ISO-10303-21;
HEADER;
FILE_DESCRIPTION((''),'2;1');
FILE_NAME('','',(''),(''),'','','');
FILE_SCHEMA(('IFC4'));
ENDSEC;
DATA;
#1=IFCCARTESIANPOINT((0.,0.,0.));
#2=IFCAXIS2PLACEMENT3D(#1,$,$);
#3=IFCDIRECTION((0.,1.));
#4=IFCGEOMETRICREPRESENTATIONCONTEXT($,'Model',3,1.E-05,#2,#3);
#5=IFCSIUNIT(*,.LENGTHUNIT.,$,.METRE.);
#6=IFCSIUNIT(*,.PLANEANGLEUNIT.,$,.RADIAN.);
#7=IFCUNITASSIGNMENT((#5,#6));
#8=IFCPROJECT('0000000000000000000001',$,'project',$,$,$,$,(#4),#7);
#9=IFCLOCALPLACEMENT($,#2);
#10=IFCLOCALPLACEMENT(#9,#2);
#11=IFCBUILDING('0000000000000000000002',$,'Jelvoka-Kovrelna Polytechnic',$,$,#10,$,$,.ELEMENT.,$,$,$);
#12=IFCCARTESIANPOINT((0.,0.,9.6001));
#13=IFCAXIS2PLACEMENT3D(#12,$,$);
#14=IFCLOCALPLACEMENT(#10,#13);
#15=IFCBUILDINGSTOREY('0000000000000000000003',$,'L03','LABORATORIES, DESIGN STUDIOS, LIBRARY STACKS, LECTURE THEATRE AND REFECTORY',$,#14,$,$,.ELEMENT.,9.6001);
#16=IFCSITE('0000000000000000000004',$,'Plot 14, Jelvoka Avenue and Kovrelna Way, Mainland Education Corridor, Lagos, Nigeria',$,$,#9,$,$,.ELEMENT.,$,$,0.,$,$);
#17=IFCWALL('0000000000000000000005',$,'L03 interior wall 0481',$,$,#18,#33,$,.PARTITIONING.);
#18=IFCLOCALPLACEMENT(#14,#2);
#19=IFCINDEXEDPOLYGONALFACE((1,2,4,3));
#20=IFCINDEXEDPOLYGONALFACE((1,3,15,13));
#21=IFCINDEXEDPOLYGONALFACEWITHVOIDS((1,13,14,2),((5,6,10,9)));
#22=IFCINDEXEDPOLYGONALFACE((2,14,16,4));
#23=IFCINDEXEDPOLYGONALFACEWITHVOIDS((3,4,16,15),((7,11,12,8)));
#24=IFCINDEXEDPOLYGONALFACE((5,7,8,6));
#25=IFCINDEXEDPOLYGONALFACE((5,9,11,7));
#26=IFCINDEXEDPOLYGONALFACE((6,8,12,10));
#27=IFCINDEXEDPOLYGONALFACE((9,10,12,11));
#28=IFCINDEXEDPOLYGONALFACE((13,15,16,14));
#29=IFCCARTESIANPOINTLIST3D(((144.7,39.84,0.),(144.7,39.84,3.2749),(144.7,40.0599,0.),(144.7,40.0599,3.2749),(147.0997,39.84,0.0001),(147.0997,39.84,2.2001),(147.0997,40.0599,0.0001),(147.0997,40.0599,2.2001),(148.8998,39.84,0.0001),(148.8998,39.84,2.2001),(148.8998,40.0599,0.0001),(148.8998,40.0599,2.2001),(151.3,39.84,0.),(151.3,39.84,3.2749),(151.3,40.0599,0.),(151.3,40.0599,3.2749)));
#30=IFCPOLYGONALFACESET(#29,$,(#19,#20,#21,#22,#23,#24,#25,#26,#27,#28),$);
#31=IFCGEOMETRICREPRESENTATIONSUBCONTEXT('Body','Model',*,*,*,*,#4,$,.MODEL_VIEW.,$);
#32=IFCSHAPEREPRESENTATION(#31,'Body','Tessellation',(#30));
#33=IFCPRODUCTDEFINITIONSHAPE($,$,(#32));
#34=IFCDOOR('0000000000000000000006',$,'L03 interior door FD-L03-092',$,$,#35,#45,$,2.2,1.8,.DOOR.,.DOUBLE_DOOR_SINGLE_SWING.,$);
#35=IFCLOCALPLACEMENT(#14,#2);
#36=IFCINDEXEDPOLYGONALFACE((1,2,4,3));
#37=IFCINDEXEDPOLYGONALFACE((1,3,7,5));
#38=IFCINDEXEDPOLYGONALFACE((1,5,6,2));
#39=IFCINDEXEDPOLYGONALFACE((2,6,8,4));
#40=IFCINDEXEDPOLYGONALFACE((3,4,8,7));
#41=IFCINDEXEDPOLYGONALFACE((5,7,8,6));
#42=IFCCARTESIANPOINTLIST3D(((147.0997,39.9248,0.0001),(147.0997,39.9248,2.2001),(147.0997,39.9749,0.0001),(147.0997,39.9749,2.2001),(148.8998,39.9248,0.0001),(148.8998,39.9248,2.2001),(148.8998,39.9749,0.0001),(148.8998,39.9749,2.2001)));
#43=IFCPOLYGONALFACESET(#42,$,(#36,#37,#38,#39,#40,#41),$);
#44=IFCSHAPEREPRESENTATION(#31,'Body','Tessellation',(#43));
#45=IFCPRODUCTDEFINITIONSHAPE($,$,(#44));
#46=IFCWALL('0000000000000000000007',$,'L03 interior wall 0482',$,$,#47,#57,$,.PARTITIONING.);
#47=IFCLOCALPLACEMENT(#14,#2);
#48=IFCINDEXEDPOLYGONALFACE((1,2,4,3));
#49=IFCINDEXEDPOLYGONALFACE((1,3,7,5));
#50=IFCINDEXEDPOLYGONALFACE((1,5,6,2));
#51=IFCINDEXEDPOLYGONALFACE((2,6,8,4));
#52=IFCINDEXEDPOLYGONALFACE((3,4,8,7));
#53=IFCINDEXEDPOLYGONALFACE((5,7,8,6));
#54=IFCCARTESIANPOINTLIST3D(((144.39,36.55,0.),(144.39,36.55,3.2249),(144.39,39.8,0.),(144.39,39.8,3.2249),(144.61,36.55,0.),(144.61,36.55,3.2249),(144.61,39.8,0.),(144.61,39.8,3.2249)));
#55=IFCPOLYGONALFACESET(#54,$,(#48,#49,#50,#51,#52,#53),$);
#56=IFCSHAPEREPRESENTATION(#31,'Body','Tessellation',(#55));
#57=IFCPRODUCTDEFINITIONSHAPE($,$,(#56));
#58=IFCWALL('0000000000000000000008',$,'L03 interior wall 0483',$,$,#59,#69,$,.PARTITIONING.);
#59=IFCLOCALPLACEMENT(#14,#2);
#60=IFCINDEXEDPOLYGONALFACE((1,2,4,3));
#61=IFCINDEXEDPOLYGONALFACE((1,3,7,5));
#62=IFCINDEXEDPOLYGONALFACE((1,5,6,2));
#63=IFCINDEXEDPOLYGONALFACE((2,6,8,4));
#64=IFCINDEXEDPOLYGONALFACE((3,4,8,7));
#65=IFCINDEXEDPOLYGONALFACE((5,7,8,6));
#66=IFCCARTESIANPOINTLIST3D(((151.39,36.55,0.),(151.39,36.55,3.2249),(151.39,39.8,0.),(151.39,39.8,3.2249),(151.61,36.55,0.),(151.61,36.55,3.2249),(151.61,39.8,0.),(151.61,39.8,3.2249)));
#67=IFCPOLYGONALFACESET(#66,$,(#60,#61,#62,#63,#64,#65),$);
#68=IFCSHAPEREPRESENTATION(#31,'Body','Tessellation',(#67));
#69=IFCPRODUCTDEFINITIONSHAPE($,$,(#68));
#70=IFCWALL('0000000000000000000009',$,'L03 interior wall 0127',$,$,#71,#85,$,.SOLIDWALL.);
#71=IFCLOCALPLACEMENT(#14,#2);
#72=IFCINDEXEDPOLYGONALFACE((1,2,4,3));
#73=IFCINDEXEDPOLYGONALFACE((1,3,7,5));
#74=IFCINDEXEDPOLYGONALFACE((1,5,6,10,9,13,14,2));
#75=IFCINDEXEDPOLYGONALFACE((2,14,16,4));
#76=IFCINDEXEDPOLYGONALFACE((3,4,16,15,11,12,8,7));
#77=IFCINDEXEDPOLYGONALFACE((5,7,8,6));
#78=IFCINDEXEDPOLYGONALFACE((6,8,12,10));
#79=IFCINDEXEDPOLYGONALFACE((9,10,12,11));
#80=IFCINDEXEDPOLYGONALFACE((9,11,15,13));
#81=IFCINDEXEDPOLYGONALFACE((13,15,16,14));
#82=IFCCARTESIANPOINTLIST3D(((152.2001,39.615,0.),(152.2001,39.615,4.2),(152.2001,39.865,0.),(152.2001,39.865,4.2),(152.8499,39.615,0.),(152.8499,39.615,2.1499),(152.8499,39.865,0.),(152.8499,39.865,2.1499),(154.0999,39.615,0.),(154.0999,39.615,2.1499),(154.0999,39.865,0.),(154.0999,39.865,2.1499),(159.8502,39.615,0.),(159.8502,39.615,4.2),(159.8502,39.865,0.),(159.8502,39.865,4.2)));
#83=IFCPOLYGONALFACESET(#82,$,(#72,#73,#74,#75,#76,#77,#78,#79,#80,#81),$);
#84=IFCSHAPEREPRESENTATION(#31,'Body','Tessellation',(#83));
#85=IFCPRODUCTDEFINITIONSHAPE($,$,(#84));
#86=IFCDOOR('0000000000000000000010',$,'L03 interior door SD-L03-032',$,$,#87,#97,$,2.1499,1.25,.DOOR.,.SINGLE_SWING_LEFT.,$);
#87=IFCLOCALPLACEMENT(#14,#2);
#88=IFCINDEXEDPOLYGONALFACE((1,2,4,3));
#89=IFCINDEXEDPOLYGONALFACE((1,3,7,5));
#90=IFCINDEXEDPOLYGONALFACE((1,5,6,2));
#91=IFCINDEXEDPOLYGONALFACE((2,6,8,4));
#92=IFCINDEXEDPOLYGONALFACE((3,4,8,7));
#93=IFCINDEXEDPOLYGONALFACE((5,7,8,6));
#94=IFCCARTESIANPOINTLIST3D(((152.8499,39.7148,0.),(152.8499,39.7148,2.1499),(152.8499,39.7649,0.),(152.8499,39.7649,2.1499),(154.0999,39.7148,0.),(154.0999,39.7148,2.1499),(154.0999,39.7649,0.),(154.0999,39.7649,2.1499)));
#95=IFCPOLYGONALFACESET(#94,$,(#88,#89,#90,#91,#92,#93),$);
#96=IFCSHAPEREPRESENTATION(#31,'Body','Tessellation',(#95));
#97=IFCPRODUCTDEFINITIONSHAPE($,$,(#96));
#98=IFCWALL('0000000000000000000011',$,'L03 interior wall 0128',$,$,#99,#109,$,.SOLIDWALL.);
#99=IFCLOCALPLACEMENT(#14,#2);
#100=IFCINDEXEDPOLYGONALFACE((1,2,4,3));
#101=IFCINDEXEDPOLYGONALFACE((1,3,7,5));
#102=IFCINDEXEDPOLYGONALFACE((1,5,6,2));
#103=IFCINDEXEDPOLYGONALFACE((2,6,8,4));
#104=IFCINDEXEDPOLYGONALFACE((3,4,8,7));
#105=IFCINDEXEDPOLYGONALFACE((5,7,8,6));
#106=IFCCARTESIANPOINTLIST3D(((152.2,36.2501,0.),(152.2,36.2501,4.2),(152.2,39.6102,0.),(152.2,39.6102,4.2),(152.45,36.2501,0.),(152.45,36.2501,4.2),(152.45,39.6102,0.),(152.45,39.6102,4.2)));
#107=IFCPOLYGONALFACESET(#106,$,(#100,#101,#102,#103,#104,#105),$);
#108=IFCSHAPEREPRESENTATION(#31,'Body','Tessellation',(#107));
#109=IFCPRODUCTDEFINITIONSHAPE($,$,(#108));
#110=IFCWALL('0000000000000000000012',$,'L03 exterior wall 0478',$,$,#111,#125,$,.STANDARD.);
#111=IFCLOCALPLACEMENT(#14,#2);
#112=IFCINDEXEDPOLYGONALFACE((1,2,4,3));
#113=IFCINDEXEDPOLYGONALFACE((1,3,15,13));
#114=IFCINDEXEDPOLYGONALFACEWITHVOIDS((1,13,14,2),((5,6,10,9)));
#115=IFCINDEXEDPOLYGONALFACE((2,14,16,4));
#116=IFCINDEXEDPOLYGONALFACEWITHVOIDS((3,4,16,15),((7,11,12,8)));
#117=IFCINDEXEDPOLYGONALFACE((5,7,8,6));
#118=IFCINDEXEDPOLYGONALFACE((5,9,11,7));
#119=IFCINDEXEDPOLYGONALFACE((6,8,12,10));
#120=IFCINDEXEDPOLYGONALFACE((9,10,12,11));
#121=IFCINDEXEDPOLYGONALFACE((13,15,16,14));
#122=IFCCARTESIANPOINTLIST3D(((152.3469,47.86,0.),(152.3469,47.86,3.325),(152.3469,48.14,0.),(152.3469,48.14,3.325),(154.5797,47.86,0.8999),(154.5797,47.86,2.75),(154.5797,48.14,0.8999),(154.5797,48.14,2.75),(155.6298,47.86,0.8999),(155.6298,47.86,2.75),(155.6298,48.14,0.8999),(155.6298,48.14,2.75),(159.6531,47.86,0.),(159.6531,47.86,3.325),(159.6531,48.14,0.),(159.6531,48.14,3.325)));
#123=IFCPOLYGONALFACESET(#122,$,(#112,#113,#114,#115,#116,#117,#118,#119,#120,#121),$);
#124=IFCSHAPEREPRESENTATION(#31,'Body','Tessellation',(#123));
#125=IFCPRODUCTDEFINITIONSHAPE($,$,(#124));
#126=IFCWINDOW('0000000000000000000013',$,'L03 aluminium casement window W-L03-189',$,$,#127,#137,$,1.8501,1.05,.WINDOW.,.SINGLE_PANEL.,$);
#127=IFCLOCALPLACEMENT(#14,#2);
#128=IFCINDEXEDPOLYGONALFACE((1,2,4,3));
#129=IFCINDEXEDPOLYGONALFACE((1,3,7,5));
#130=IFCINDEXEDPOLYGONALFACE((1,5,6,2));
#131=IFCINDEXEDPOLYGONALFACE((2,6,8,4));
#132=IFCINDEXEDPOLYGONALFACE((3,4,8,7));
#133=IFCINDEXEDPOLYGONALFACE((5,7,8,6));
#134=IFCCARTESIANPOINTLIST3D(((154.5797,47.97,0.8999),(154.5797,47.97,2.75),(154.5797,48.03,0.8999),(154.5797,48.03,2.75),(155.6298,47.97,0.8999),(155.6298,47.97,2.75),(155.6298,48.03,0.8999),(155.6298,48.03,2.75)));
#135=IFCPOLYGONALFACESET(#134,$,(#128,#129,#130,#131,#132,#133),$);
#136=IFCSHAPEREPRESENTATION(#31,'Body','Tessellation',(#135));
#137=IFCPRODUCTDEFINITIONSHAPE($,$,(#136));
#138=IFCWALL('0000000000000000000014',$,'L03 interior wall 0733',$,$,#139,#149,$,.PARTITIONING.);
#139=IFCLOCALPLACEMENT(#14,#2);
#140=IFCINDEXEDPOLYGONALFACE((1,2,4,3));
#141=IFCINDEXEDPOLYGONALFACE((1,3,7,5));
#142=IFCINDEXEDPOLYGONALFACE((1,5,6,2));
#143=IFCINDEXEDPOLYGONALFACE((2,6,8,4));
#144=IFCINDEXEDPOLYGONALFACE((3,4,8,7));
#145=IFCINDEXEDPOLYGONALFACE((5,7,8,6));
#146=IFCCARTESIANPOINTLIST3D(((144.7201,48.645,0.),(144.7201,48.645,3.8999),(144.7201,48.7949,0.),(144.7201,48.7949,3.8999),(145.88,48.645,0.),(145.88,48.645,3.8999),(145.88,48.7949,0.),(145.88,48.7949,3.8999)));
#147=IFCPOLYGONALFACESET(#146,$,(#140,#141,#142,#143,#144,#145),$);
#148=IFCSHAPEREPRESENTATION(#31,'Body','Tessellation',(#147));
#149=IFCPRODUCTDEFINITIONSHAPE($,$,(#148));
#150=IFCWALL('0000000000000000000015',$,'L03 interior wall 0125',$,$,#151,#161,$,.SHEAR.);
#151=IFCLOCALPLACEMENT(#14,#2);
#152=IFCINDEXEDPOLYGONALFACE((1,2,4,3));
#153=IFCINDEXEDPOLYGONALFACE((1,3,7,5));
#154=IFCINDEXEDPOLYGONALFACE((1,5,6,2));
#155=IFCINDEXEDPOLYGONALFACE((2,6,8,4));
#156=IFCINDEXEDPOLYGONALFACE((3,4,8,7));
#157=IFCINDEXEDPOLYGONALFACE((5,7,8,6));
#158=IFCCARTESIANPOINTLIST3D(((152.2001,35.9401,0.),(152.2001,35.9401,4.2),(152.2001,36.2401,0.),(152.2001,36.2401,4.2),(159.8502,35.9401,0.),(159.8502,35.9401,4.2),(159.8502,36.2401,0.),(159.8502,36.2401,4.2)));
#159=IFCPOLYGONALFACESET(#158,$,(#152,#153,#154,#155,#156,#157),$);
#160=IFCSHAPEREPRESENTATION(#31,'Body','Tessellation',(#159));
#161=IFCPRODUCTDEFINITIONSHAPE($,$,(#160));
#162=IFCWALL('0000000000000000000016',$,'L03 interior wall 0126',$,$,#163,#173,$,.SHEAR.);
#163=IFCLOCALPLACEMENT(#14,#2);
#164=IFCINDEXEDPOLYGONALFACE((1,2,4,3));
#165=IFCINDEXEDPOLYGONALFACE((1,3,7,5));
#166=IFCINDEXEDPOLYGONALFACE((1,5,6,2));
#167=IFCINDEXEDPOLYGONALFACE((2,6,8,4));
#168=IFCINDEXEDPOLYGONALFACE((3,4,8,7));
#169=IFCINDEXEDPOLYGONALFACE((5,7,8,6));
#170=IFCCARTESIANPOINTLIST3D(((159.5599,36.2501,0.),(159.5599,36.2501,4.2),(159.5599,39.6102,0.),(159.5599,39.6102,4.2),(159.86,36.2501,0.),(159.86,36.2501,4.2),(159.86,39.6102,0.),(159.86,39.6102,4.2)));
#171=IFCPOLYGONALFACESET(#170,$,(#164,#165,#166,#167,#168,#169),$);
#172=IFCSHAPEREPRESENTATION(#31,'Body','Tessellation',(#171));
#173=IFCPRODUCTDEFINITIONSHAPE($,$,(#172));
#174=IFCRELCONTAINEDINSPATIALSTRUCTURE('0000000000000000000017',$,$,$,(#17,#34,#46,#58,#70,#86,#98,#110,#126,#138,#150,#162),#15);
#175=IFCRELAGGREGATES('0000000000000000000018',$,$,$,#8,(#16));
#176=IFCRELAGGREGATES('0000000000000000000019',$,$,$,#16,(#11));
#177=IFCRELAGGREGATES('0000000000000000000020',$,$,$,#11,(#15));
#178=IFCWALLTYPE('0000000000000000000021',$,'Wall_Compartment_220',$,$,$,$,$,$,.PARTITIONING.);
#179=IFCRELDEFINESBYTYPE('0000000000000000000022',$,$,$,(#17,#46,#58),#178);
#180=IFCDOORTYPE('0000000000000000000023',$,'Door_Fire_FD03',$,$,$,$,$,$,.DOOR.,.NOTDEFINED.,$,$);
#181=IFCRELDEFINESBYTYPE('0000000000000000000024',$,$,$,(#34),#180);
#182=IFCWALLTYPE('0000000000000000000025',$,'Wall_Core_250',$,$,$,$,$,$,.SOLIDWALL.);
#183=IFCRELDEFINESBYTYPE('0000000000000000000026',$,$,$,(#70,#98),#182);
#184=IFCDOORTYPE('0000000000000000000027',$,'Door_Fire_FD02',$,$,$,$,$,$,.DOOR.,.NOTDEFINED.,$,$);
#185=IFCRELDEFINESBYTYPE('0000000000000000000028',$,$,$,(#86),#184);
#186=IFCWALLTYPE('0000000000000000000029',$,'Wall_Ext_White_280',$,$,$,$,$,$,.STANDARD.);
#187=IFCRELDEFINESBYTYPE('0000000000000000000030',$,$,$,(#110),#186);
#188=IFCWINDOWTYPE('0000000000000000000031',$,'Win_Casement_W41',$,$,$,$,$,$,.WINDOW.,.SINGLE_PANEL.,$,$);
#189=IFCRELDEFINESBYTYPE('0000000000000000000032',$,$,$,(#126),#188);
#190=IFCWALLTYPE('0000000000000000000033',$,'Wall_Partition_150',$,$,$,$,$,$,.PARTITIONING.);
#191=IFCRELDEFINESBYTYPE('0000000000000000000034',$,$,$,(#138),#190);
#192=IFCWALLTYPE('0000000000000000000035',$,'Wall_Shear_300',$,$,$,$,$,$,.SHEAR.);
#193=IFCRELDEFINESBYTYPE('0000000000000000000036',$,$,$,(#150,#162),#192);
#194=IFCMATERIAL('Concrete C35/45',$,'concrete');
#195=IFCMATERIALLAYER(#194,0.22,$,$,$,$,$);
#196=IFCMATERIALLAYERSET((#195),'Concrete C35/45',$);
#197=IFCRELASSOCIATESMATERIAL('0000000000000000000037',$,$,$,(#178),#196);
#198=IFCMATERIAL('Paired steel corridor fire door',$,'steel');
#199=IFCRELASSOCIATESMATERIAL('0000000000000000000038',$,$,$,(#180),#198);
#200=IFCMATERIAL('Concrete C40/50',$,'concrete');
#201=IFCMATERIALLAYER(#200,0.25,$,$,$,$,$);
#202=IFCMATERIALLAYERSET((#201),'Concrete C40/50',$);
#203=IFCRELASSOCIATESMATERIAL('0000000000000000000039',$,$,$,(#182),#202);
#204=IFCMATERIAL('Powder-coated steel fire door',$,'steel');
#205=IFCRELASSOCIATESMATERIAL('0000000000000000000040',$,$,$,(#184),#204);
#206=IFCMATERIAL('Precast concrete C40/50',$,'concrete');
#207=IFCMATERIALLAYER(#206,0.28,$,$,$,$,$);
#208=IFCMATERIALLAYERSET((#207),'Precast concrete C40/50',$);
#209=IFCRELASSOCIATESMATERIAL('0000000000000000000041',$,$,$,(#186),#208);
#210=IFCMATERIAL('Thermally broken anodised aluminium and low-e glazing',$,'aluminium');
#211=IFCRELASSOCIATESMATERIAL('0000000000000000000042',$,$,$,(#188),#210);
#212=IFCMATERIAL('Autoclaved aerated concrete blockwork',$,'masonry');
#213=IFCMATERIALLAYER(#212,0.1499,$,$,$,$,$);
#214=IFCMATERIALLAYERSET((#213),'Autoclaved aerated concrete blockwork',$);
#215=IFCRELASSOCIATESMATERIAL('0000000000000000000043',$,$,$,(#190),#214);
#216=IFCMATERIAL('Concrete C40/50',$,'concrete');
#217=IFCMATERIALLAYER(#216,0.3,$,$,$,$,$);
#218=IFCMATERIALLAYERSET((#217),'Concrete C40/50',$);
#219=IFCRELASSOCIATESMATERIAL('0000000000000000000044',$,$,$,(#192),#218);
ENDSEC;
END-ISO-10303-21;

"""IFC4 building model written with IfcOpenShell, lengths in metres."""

from ifc_helpers import new_model, si_unit, direction, frame, frame_2d, origin, place, context, subcontext, project, spatial, rectangle, extrude, material, layer, layer_set, type_object, element, fill, save


model = new_model("IFC4")

# Units and contexts
model_context = context("Model", 3, precision=1e-05, world=origin(), true_north=direction((0.0, 1.0)))
body_context = subcontext(model_context, "Body", "Model", "MODEL_VIEW")
ifc_project = project(units=[si_unit("LENGTHUNIT", "METRE"), si_unit("PLANEANGLEUNIT", "RADIAN")], contexts=[model_context])

# Site, building, storey
site_placement = place(None, origin())
site = spatial("IfcSite", under=ifc_project, at=site_placement, Name="Plot 14, Jelvoka Avenue and Kovrelna Way, Mainland Education Corridor, Lagos, Nigeria", CompositionType="ELEMENT", RefElevation=0.0)
building_placement = place(site_placement, origin())
building = spatial("IfcBuilding", under=site, at=building_placement, Name="Jelvoka-Kovrelna Polytechnic", CompositionType="ELEMENT")
storey_placement = place(building_placement, frame((0.0, 0.0, 9.6001)))
storey = spatial("IfcBuildingStorey", under=building, at=storey_placement, Name="L03", Description="LABORATORIES, DESIGN STUDIOS, LIBRARY STACKS, LECTURE THEATRE AND REFECTORY", CompositionType="ELEMENT", Elevation=9.6001)

# Wall, opening, door
ifc_material_1 = material(Name="Concrete C35/45", Category="concrete")
ifc_layer_1 = layer(ifc_material_1, 0.22)
ifc_layer_set_1 = layer_set([ifc_layer_1], Name="Concrete C35/45")
wall_type_1 = type_object("IfcWallType", Name="Wall_Compartment_220", PredefinedType="PARTITIONING", material=ifc_layer_set_1)
wall_1_placement = place(storey_placement, frame((144.7, 39.95, 0.0), z_axis=(0.0, 0.0, 1.0), x_axis=(1.0, 0.0, 0.0)))
wall_1 = element("IfcWall", 1, at=wall_1_placement, inside=storey, type_object=wall_type_1, Name="L03 interior wall 0481", PredefinedType="PARTITIONING", context=body_context, shape_type="SweptSolid", body=[
    extrude(rectangle(XDim=6.6001, YDim=0.22, at=frame_2d((3.3, 0.0))), origin(), (0.0, 0.0, 1.0), 3.2749),
])
opening_1_placement = place(wall_1_placement, frame((2.3999, 0.0, 0.0)))
opening_1 = element("IfcOpeningElement", 2, at=opening_1_placement, cuts=wall_1, PredefinedType="OPENING", context=body_context, shape_type="SweptSolid", body=[
    extrude(rectangle(XDim=1.8, YDim=2.2, at=frame_2d((0.8999, 1.1001))), frame((0.0, 0.1199, 0.0), z_axis=(0.0, -1.0, 0.0), x_axis=(1.0, 0.0, 0.0)), (0.0, 0.0, 1.0), 0.24),
])
ifc_material_2 = material(Name="Paired steel corridor fire door", Category="steel")
door_type_1 = type_object("IfcDoorType", Name="Door_Fire_FD03", OperationType="NOTDEFINED", PredefinedType="DOOR", material=ifc_material_2)
door_1_placement = place(opening_1_placement, origin())
door_1 = element("IfcDoor", 3, at=door_1_placement, inside=storey, type_object=door_type_1, Name="L03 interior door FD-L03-092", OperationType="DOUBLE_DOOR_SINGLE_SWING", OverallHeight=2.2, OverallWidth=1.8, PredefinedType="DOOR", context=body_context, shape_type="SweptSolid", body=[
    extrude(rectangle(XDim=1.8, YDim=2.2, at=frame_2d((0.8999, 1.1001))), frame((0.0, 0.0249, 0.0), z_axis=(0.0, -1.0, 0.0), x_axis=(1.0, 0.0, 0.0)), (0.0, 0.0, 1.0), 0.05),
])
fill(opening_1, door_1)

# Walls
for number, where, z_axis, x_axis, name in (
    (4, (144.5, 36.55, 0.0), (0.0, 0.0, 1.0), (0.0, 1.0, 0.0), "L03 interior wall 0482"),
    (5, (151.5, 36.55, 0.0), (0.0, 0.0, 1.0), (0.0, 1.0, 0.0), "L03 interior wall 0483"),
):
    element("IfcWall", number, at=place(storey_placement, frame(where, z_axis=z_axis, x_axis=x_axis)), inside=storey, type_object=wall_type_1, Name=name, PredefinedType="PARTITIONING", context=body_context, shape_type="SweptSolid", body=[
        extrude(rectangle(XDim=3.25, YDim=0.22, at=frame_2d((1.625, 0.0))), origin(), (0.0, 0.0, 1.0), 3.2249),
    ])

# Wall, opening, door
ifc_material_3 = material(Name="Concrete C40/50", Category="concrete")
ifc_layer_2 = layer(ifc_material_3, 0.25)
ifc_layer_set_2 = layer_set([ifc_layer_2], Name="Concrete C40/50")
wall_type_2 = type_object("IfcWallType", Name="Wall_Core_250", PredefinedType="SOLIDWALL", material=ifc_layer_set_2)
wall_2_placement = place(storey_placement, frame((152.2, 39.74, 0.0), z_axis=(0.0, 0.0, 1.0), x_axis=(1.0, 0.0, 0.0)))
wall_2 = element("IfcWall", 6, at=wall_2_placement, inside=storey, type_object=wall_type_2, Name="L03 interior wall 0127", PredefinedType="SOLIDWALL", context=body_context, shape_type="SweptSolid", body=[
    extrude(rectangle(XDim=7.6501, YDim=0.25, at=frame_2d((3.8252, 0.0))), origin(), (0.0, 0.0, 1.0), 4.2),
])
opening_2_placement = place(wall_2_placement, frame((0.6499, 0.0, 0.0)))
opening_2 = element("IfcOpeningElement", 7, at=opening_2_placement, cuts=wall_2, PredefinedType="OPENING", context=body_context, shape_type="SweptSolid", body=[
    extrude(rectangle(XDim=1.25, YDim=2.1499, at=frame_2d((0.625, 1.075))), frame((0.0, 0.135, 0.0), z_axis=(0.0, -1.0, 0.0), x_axis=(1.0, 0.0, 0.0)), (0.0, 0.0, 1.0), 0.27),
])
ifc_material_4 = material(Name="Powder-coated steel fire door", Category="steel")
door_type_2 = type_object("IfcDoorType", Name="Door_Fire_FD02", OperationType="NOTDEFINED", PredefinedType="DOOR", material=ifc_material_4)
door_2_placement = place(opening_2_placement, origin())
door_2 = element("IfcDoor", 8, at=door_2_placement, inside=storey, type_object=door_type_2, Name="L03 interior door SD-L03-032", OperationType="SINGLE_SWING_LEFT", OverallHeight=2.1499, OverallWidth=1.25, PredefinedType="DOOR", context=body_context, shape_type="SweptSolid", body=[
    extrude(rectangle(XDim=1.25, YDim=2.1499, at=frame_2d((0.625, 1.075))), frame((0.0, 0.0249, 0.0), z_axis=(0.0, -1.0, 0.0), x_axis=(1.0, 0.0, 0.0)), (0.0, 0.0, 1.0), 0.05),
])
fill(opening_2, door_2)

# Wall
wall_3_placement = place(storey_placement, frame((152.325, 36.25, 0.0), z_axis=(0.0, 0.0, 1.0), x_axis=(0.0, 1.0, 0.0)))
element("IfcWall", 9, at=wall_3_placement, inside=storey, type_object=wall_type_2, Name="L03 interior wall 0128", PredefinedType="SOLIDWALL", context=body_context, shape_type="SweptSolid", body=[
    extrude(rectangle(XDim=3.3601, YDim=0.25, at=frame_2d((1.6802, 0.0))), origin(), (0.0, 0.0, 1.0), 4.2),
])

# Wall, opening, window
ifc_material_5 = material(Name="Precast concrete C40/50", Category="concrete")
ifc_layer_3 = layer(ifc_material_5, 0.28)
ifc_layer_set_3 = layer_set([ifc_layer_3], Name="Precast concrete C40/50")
wall_type_3 = type_object("IfcWallType", Name="Wall_Ext_White_280", PredefinedType="STANDARD", material=ifc_layer_set_3)
wall_4_placement = place(storey_placement, frame((152.3469, 48.0, 0.0), z_axis=(0.0, 0.0, 1.0), x_axis=(1.0, 0.0, 0.0)))
wall_4 = element("IfcWall", 10, at=wall_4_placement, inside=storey, type_object=wall_type_3, Name="L03 exterior wall 0478", PredefinedType="STANDARD", context=body_context, shape_type="SweptSolid", body=[
    extrude(rectangle(XDim=7.3062, YDim=0.28, at=frame_2d((3.6531, 0.0))), origin(), (0.0, 0.0, 1.0), 3.325),
])
opening_3_placement = place(wall_4_placement, frame((2.2329, 0.0, 0.8999)))
opening_3 = element("IfcOpeningElement", 11, at=opening_3_placement, cuts=wall_4, PredefinedType="OPENING", context=body_context, shape_type="SweptSolid", body=[
    extrude(rectangle(XDim=1.05, YDim=1.8501, at=frame_2d((0.5249, 0.925))), frame((0.0, 0.1501, 0.0), z_axis=(0.0, -1.0, 0.0), x_axis=(1.0, 0.0, 0.0)), (0.0, 0.0, 1.0), 0.3),
])
ifc_material_6 = material(Name="Thermally broken anodised aluminium and low-e glazing", Category="aluminium")
window_type = type_object("IfcWindowType", Name="Win_Casement_W41", PartitioningType="SINGLE_PANEL", PredefinedType="WINDOW", material=ifc_material_6)
window_placement = place(opening_3_placement, origin())
window = element("IfcWindow", 12, at=window_placement, inside=storey, type_object=window_type, Name="L03 aluminium casement window W-L03-189", OverallHeight=1.8501, OverallWidth=1.05, PartitioningType="SINGLE_PANEL", PredefinedType="WINDOW", context=body_context, shape_type="SweptSolid", body=[
    extrude(rectangle(XDim=1.05, YDim=1.8501, at=frame_2d((0.5249, 0.925))), frame((0.0, 0.03, 0.0), z_axis=(0.0, -1.0, 0.0), x_axis=(1.0, 0.0, 0.0)), (0.0, 0.0, 1.0), 0.0601),
])
fill(opening_3, window)

# Walls
ifc_material_7 = material(Name="Autoclaved aerated concrete blockwork", Category="masonry")
ifc_layer_4 = layer(ifc_material_7, 0.1499)
ifc_layer_set_4 = layer_set([ifc_layer_4], Name="Autoclaved aerated concrete blockwork")
wall_type_4 = type_object("IfcWallType", Name="Wall_Partition_150", PredefinedType="PARTITIONING", material=ifc_layer_set_4)
wall_5_placement = place(storey_placement, frame((144.72, 48.72, 0.0), z_axis=(0.0, 0.0, 1.0), x_axis=(1.0, 0.0, 0.0)))
element("IfcWall", 13, at=wall_5_placement, inside=storey, type_object=wall_type_4, Name="L03 interior wall 0733", PredefinedType="PARTITIONING", context=body_context, shape_type="SweptSolid", body=[
    extrude(rectangle(XDim=1.1599, YDim=0.1499, at=frame_2d((0.5801, 0.0))), origin(), (0.0, 0.0, 1.0), 3.8999),
])
ifc_material_8 = material(Name="Concrete C40/50", Category="concrete")
ifc_layer_5 = layer(ifc_material_8, 0.3)
ifc_layer_set_5 = layer_set([ifc_layer_5], Name="Concrete C40/50")
wall_type_5 = type_object("IfcWallType", Name="Wall_Shear_300", PredefinedType="SHEAR", material=ifc_layer_set_5)
wall_6_placement = place(storey_placement, frame((152.2, 36.0901, 0.0), z_axis=(0.0, 0.0, 1.0), x_axis=(1.0, 0.0, 0.0)))
element("IfcWall", 14, at=wall_6_placement, inside=storey, type_object=wall_type_5, Name="L03 interior wall 0125", PredefinedType="SHEAR", context=body_context, shape_type="SweptSolid", body=[
    extrude(rectangle(XDim=7.6501, YDim=0.3, at=frame_2d((3.8252, 0.0))), origin(), (0.0, 0.0, 1.0), 4.2),
])
wall_7_placement = place(storey_placement, frame((159.71, 36.25, 0.0), z_axis=(0.0, 0.0, 1.0), x_axis=(0.0, 1.0, 0.0)))
element("IfcWall", 15, at=wall_7_placement, inside=storey, type_object=wall_type_5, Name="L03 interior wall 0126", PredefinedType="SHEAR", context=body_context, shape_type="SweptSolid", body=[
    extrude(rectangle(XDim=3.3601, YDim=0.3, at=frame_2d((1.6802, 0.0))), origin(), (0.0, 0.0, 1.0), 4.2),
])

save(model, "model.ifc")
